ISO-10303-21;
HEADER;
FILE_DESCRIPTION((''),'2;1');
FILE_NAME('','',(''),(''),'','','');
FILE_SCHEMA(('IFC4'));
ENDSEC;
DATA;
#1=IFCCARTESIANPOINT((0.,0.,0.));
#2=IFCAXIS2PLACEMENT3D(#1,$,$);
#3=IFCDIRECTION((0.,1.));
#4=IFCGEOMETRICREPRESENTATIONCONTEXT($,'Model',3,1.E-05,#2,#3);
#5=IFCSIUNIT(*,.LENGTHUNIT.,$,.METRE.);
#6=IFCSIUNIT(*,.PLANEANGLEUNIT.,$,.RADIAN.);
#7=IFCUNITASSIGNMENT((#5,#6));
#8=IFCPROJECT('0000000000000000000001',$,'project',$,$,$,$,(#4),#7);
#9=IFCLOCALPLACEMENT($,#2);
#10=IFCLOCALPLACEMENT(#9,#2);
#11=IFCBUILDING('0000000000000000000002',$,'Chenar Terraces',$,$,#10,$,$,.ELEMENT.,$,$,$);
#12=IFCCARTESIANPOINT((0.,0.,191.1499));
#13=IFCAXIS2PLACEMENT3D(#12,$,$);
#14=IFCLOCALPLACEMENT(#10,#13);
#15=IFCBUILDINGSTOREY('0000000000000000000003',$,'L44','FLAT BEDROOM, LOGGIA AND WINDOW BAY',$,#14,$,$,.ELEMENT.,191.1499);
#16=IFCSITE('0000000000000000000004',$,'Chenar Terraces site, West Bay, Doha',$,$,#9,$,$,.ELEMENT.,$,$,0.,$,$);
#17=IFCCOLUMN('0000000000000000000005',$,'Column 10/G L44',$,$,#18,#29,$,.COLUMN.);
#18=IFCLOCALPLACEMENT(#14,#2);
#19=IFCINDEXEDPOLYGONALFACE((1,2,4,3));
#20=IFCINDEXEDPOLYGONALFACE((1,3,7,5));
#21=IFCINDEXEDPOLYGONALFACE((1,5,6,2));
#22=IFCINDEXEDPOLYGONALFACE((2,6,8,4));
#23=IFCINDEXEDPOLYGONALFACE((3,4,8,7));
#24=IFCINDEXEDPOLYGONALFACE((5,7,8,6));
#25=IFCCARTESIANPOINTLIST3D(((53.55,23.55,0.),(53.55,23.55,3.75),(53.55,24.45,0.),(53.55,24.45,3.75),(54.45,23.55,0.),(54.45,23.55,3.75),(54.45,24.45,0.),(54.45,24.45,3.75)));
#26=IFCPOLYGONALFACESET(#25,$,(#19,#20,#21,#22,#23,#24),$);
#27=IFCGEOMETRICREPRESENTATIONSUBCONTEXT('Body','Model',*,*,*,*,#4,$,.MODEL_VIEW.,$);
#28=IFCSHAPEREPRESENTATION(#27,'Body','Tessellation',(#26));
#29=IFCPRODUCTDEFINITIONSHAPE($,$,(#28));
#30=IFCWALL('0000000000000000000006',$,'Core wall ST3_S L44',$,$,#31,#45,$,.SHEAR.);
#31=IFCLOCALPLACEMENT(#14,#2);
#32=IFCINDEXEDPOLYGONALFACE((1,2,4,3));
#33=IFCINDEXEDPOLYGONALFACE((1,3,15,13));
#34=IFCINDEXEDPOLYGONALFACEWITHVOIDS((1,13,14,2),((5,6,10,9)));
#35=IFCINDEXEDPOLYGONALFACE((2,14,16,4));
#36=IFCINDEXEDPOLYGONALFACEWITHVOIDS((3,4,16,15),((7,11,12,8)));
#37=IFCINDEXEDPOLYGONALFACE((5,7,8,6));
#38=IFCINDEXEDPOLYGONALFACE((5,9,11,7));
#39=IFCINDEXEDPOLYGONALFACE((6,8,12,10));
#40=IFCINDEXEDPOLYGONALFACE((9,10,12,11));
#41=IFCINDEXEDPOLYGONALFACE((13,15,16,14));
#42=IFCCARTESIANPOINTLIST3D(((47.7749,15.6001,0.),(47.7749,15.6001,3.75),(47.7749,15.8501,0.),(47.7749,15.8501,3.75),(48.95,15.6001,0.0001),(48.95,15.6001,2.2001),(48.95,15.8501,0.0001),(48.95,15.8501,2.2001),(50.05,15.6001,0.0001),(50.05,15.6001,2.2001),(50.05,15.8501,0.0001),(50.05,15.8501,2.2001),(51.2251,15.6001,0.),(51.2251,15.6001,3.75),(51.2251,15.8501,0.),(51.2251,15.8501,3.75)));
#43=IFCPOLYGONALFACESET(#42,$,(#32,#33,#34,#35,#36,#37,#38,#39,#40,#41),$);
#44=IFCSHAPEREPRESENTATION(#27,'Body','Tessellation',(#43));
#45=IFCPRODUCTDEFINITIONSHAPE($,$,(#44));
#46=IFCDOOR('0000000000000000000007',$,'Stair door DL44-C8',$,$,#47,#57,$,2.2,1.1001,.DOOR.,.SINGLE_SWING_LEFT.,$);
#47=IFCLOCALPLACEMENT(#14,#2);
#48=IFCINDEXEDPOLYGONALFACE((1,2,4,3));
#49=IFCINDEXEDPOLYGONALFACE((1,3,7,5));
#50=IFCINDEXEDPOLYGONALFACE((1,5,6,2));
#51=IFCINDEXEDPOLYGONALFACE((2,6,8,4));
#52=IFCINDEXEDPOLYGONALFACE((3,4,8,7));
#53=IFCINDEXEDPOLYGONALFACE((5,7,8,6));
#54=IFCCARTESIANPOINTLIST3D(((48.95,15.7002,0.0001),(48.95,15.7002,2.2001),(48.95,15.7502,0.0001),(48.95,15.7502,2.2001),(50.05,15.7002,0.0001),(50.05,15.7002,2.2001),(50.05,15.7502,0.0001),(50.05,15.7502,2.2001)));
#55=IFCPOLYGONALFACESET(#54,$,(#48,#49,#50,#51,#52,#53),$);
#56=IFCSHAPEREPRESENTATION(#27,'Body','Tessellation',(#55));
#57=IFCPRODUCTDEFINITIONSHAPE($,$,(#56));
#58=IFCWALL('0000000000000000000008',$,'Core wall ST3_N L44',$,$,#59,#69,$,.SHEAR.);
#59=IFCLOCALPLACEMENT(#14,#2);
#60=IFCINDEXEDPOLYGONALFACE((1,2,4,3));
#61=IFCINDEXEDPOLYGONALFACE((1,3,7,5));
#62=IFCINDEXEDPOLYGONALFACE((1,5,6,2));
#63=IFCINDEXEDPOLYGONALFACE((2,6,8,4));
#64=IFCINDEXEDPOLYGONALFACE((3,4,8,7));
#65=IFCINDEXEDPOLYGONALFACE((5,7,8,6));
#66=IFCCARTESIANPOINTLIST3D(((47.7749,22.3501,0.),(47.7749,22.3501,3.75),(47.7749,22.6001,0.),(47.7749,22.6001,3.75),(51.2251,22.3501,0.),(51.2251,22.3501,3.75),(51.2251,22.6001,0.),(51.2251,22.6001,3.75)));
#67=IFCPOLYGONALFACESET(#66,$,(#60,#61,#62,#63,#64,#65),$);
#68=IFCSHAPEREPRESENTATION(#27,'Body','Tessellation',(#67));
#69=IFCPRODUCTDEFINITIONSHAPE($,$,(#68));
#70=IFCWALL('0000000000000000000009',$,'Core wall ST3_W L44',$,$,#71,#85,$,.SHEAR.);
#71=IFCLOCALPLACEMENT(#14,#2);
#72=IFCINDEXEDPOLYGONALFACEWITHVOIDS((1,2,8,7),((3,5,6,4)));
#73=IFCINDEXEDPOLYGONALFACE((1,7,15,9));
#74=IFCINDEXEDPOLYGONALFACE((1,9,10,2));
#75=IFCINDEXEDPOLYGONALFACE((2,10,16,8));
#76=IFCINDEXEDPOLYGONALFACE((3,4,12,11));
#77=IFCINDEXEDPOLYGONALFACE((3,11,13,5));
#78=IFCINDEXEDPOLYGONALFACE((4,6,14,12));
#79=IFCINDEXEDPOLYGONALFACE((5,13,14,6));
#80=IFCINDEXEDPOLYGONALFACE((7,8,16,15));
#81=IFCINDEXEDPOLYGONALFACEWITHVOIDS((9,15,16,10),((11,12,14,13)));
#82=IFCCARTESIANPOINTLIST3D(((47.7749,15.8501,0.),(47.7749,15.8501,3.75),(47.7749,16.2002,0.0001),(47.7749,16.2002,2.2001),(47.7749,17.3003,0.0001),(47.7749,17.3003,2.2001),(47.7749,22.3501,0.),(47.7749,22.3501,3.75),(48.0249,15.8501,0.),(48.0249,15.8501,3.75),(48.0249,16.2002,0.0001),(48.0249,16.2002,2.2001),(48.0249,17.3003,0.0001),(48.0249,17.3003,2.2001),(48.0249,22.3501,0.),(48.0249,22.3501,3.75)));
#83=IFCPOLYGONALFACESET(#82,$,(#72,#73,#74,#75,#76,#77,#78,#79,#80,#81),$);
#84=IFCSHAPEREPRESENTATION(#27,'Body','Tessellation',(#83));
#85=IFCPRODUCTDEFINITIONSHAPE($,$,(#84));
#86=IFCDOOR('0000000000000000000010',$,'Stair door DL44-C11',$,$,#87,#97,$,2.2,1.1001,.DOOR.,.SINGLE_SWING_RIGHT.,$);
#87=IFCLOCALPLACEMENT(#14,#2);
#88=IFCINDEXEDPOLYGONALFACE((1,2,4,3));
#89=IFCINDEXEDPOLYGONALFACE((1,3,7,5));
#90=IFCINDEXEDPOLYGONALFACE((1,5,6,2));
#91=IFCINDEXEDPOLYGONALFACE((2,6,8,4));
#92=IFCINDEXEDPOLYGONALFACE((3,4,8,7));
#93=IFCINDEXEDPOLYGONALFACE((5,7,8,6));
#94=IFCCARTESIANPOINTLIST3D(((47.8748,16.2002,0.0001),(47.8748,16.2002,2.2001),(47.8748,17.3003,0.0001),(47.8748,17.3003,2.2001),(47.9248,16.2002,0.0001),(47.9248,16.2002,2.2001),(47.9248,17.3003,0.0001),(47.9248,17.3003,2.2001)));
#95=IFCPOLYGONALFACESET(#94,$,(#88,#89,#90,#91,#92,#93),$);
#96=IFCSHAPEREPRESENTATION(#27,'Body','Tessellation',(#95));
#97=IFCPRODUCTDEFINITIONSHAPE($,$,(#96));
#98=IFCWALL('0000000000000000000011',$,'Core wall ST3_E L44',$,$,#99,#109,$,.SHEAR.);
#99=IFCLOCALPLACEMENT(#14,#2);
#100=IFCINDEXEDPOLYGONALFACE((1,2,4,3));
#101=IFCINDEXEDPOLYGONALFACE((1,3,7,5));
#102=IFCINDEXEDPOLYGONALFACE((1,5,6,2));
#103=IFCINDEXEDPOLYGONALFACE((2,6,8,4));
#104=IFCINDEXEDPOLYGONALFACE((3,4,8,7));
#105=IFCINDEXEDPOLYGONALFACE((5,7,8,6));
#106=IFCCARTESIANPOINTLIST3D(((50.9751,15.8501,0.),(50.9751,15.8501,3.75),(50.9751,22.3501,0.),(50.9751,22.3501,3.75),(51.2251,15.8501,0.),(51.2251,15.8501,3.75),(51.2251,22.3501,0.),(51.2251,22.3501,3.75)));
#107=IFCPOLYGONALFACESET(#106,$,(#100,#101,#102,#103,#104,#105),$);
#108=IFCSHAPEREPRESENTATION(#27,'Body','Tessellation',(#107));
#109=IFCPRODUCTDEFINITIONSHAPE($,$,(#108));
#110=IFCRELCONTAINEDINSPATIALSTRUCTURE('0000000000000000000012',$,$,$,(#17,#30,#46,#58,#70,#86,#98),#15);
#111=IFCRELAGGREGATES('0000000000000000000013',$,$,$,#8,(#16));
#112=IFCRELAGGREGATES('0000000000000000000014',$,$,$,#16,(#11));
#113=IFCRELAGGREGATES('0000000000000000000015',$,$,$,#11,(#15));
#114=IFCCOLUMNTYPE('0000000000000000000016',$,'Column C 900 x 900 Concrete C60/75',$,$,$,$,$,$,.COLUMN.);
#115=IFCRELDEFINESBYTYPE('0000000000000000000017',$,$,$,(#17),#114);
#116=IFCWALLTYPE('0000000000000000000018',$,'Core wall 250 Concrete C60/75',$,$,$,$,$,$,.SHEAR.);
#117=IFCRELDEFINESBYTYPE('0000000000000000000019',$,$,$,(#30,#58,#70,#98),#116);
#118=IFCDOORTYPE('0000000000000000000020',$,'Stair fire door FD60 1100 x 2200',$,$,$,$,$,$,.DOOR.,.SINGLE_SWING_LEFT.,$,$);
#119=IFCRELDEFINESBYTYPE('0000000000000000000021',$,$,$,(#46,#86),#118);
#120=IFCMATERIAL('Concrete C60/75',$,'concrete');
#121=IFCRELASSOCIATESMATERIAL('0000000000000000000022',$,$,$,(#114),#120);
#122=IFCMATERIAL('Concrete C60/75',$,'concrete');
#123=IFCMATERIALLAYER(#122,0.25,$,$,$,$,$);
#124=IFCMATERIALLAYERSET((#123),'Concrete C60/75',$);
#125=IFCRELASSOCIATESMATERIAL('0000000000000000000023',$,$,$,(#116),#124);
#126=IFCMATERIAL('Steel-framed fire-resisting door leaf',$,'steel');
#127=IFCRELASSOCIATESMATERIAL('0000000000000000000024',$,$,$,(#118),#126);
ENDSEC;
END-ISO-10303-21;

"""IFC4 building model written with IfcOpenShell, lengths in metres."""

from ifc_helpers import new_model, si_unit, direction, frame, frame_2d, origin, origin_2d, place, context, subcontext, project, spatial, rectangle, extrude, material, layer, layer_set, material_profile, profile_set, type_object, element, fill, save


model = new_model("IFC4")

# Units and contexts
model_context = context("Model", 3, precision=1e-05, world=origin(), true_north=direction((0.0, 1.0)))
body_context = subcontext(model_context, "Body", "Model", "MODEL_VIEW")
ifc_project = project(units=[si_unit("LENGTHUNIT", "METRE"), si_unit("PLANEANGLEUNIT", "RADIAN")], contexts=[model_context])

# Site, building, storey
site_placement = place(None, origin())
site = spatial("IfcSite", under=ifc_project, at=site_placement, Name="Chenar Terraces site, West Bay, Doha", CompositionType="ELEMENT", RefElevation=0.0)
building_placement = place(site_placement, origin())
building = spatial("IfcBuilding", under=site, at=building_placement, Name="Chenar Terraces", CompositionType="ELEMENT")
storey_placement = place(building_placement, frame((0.0, 0.0, 191.1499)))
storey = spatial("IfcBuildingStorey", under=building, at=storey_placement, Name="L44", Description="FLAT BEDROOM, LOGGIA AND WINDOW BAY", CompositionType="ELEMENT", Elevation=191.1499)

# Column
ifc_material_1 = material(Name="Concrete C60/75", Category="concrete")
ifc_material_profile = material_profile(ifc_material_1, rectangle(XDim=0.8999, YDim=0.8999, at=origin_2d()), Name="C 900 x 900")
ifc_profile_set = profile_set([ifc_material_profile], Name="Concrete C60/75")
column_type = type_object("IfcColumnType", Name="Column C 900 x 900 Concrete C60/75", PredefinedType="COLUMN", material=ifc_profile_set)
column_placement = place(storey_placement, frame((54.0, 24.0, 0.0), z_axis=(0.0, 0.0, 1.0), x_axis=(1.0, 0.0, 0.0)))
element("IfcColumn", 1, at=column_placement, inside=storey, type_object=column_type, Name="Column 10/G L44", PredefinedType="COLUMN", context=body_context, shape_type="SweptSolid", body=[
    extrude(rectangle(XDim=0.8999, YDim=0.8999, at=origin_2d()), origin(), (0.0, 0.0, 1.0), 3.75),
])

# Wall, opening, door
ifc_material_2 = material(Name="Concrete C60/75", Category="concrete")
ifc_layer_1 = layer(ifc_material_2, 0.25)
ifc_layer_set_1 = layer_set([ifc_layer_1], Name="Concrete C60/75")
wall_type_1 = type_object("IfcWallType", Name="Core wall 250 Concrete C60/75", PredefinedType="SHEAR", material=ifc_layer_set_1)
wall_1_placement = place(storey_placement, frame((47.7749, 15.7251, 0.0), z_axis=(0.0, 0.0, 1.0), x_axis=(1.0, 0.0, 0.0)))
wall_1 = element("IfcWall", 2, at=wall_1_placement, inside=storey, type_object=wall_type_1, Name="Core wall ST3_S L44", PredefinedType="SHEAR", context=body_context, shape_type="SweptSolid", body=[
    extrude(rectangle(XDim=3.4502, YDim=0.25, at=frame_2d((1.7251, 0.0))), origin(), (0.0, 0.0, 1.0), 3.75),
])
opening_1_placement = place(wall_1_placement, frame((1.175, 0.0, 0.0)))
opening_1 = element("IfcOpeningElement", 3, at=opening_1_placement, cuts=wall_1, PredefinedType="OPENING", context=body_context, shape_type="SweptSolid", body=[
    extrude(rectangle(XDim=1.1001, YDim=2.2, at=frame_2d((0.55, 1.1001))), frame((0.0, 0.135, 0.0), z_axis=(0.0, -1.0, 0.0), x_axis=(1.0, 0.0, 0.0)), (0.0, 0.0, 1.0), 0.27),
])
ifc_material_3 = material(Name="Steel-framed fire-resisting door leaf", Category="steel")
door_type_1 = type_object("IfcDoorType", Name="Stair fire door FD60 1100 x 2200", OperationType="SINGLE_SWING_LEFT", PredefinedType="DOOR", material=ifc_material_3)
door_1_placement = place(opening_1_placement, frame((1.1001, 0.0, 0.0), z_axis=(0.0, 0.0, 1.0), x_axis=(-1.0, 0.0, 0.0)))
door_1 = element("IfcDoor", 4, at=door_1_placement, inside=storey, type_object=door_type_1, Name="Stair door DL44-C8", OperationType="SINGLE_SWING_LEFT", OverallHeight=2.2, OverallWidth=1.1001, PredefinedType="DOOR", context=body_context, shape_type="SweptSolid", body=[
    extrude(rectangle(XDim=1.1001, YDim=2.2, at=frame_2d((0.55, 1.1001))), frame((0.0, 0.0249, 0.0), z_axis=(0.0, -1.0, 0.0), x_axis=(1.0, 0.0, 0.0)), (0.0, 0.0, 1.0), 0.05),
])
fill(opening_1, door_1)

# Wall
wall_2_placement = place(storey_placement, frame((47.7749, 22.4751, 0.0), z_axis=(0.0, 0.0, 1.0), x_axis=(1.0, 0.0, 0.0)))
element("IfcWall", 5, at=wall_2_placement, inside=storey, type_object=wall_type_1, Name="Core wall ST3_N L44", PredefinedType="SHEAR", context=body_context, shape_type="SweptSolid", body=[
    extrude(rectangle(XDim=3.4502, YDim=0.25, at=frame_2d((1.7251, 0.0))), origin(), (0.0, 0.0, 1.0), 3.75),
])

# Wall, opening, door
wall_3_placement = place(storey_placement, frame((47.8999, 15.8501, 0.0), z_axis=(0.0, 0.0, 1.0), x_axis=(0.0, 1.0, 0.0)))
wall_3 = element("IfcWall", 6, at=wall_3_placement, inside=storey, type_object=wall_type_1, Name="Core wall ST3_W L44", PredefinedType="SHEAR", context=body_context, shape_type="SweptSolid", body=[
    extrude(rectangle(XDim=6.5, YDim=0.25, at=frame_2d((3.25, 0.0))), origin(), (0.0, 0.0, 1.0), 3.75),
])
opening_2_placement = place(wall_3_placement, frame((0.3501, 0.0, 0.0)))
opening_2 = element("IfcOpeningElement", 7, at=opening_2_placement, cuts=wall_3, PredefinedType="OPENING", context=body_context, shape_type="SweptSolid", body=[
    extrude(rectangle(XDim=1.1001, YDim=2.2, at=frame_2d((0.55, 1.1001))), frame((0.0, 0.135, 0.0), z_axis=(0.0, -1.0, 0.0), x_axis=(1.0, 0.0, 0.0)), (0.0, 0.0, 1.0), 0.27),
])
door_2_placement = place(opening_2_placement, frame((1.1001, 0.0, 0.0), z_axis=(0.0, 0.0, 1.0), x_axis=(-1.0, 0.0, 0.0)))
door_2 = element("IfcDoor", 8, at=door_2_placement, inside=storey, type_object=door_type_1, Name="Stair door DL44-C11", OperationType="SINGLE_SWING_RIGHT", OverallHeight=2.2, OverallWidth=1.1001, PredefinedType="DOOR", context=body_context, shape_type="SweptSolid", body=[
    extrude(rectangle(XDim=1.1001, YDim=2.2, at=frame_2d((0.55, 1.1001))), frame((0.0, 0.0249, 0.0), z_axis=(0.0, -1.0, 0.0), x_axis=(1.0, 0.0, 0.0)), (0.0, 0.0, 1.0), 0.05),
])
fill(opening_2, door_2)

# Wall
wall_4_placement = place(storey_placement, frame((51.1001, 15.8501, 0.0), z_axis=(0.0, 0.0, 1.0), x_axis=(0.0, 1.0, 0.0)))
element("IfcWall", 9, at=wall_4_placement, inside=storey, type_object=wall_type_1, Name="Core wall ST3_E L44", PredefinedType="SHEAR", context=body_context, shape_type="SweptSolid", body=[
    extrude(rectangle(XDim=6.5, YDim=0.25, at=frame_2d((3.25, 0.0))), origin(), (0.0, 0.0, 1.0), 3.75),
])

save(model, "model.ifc")
